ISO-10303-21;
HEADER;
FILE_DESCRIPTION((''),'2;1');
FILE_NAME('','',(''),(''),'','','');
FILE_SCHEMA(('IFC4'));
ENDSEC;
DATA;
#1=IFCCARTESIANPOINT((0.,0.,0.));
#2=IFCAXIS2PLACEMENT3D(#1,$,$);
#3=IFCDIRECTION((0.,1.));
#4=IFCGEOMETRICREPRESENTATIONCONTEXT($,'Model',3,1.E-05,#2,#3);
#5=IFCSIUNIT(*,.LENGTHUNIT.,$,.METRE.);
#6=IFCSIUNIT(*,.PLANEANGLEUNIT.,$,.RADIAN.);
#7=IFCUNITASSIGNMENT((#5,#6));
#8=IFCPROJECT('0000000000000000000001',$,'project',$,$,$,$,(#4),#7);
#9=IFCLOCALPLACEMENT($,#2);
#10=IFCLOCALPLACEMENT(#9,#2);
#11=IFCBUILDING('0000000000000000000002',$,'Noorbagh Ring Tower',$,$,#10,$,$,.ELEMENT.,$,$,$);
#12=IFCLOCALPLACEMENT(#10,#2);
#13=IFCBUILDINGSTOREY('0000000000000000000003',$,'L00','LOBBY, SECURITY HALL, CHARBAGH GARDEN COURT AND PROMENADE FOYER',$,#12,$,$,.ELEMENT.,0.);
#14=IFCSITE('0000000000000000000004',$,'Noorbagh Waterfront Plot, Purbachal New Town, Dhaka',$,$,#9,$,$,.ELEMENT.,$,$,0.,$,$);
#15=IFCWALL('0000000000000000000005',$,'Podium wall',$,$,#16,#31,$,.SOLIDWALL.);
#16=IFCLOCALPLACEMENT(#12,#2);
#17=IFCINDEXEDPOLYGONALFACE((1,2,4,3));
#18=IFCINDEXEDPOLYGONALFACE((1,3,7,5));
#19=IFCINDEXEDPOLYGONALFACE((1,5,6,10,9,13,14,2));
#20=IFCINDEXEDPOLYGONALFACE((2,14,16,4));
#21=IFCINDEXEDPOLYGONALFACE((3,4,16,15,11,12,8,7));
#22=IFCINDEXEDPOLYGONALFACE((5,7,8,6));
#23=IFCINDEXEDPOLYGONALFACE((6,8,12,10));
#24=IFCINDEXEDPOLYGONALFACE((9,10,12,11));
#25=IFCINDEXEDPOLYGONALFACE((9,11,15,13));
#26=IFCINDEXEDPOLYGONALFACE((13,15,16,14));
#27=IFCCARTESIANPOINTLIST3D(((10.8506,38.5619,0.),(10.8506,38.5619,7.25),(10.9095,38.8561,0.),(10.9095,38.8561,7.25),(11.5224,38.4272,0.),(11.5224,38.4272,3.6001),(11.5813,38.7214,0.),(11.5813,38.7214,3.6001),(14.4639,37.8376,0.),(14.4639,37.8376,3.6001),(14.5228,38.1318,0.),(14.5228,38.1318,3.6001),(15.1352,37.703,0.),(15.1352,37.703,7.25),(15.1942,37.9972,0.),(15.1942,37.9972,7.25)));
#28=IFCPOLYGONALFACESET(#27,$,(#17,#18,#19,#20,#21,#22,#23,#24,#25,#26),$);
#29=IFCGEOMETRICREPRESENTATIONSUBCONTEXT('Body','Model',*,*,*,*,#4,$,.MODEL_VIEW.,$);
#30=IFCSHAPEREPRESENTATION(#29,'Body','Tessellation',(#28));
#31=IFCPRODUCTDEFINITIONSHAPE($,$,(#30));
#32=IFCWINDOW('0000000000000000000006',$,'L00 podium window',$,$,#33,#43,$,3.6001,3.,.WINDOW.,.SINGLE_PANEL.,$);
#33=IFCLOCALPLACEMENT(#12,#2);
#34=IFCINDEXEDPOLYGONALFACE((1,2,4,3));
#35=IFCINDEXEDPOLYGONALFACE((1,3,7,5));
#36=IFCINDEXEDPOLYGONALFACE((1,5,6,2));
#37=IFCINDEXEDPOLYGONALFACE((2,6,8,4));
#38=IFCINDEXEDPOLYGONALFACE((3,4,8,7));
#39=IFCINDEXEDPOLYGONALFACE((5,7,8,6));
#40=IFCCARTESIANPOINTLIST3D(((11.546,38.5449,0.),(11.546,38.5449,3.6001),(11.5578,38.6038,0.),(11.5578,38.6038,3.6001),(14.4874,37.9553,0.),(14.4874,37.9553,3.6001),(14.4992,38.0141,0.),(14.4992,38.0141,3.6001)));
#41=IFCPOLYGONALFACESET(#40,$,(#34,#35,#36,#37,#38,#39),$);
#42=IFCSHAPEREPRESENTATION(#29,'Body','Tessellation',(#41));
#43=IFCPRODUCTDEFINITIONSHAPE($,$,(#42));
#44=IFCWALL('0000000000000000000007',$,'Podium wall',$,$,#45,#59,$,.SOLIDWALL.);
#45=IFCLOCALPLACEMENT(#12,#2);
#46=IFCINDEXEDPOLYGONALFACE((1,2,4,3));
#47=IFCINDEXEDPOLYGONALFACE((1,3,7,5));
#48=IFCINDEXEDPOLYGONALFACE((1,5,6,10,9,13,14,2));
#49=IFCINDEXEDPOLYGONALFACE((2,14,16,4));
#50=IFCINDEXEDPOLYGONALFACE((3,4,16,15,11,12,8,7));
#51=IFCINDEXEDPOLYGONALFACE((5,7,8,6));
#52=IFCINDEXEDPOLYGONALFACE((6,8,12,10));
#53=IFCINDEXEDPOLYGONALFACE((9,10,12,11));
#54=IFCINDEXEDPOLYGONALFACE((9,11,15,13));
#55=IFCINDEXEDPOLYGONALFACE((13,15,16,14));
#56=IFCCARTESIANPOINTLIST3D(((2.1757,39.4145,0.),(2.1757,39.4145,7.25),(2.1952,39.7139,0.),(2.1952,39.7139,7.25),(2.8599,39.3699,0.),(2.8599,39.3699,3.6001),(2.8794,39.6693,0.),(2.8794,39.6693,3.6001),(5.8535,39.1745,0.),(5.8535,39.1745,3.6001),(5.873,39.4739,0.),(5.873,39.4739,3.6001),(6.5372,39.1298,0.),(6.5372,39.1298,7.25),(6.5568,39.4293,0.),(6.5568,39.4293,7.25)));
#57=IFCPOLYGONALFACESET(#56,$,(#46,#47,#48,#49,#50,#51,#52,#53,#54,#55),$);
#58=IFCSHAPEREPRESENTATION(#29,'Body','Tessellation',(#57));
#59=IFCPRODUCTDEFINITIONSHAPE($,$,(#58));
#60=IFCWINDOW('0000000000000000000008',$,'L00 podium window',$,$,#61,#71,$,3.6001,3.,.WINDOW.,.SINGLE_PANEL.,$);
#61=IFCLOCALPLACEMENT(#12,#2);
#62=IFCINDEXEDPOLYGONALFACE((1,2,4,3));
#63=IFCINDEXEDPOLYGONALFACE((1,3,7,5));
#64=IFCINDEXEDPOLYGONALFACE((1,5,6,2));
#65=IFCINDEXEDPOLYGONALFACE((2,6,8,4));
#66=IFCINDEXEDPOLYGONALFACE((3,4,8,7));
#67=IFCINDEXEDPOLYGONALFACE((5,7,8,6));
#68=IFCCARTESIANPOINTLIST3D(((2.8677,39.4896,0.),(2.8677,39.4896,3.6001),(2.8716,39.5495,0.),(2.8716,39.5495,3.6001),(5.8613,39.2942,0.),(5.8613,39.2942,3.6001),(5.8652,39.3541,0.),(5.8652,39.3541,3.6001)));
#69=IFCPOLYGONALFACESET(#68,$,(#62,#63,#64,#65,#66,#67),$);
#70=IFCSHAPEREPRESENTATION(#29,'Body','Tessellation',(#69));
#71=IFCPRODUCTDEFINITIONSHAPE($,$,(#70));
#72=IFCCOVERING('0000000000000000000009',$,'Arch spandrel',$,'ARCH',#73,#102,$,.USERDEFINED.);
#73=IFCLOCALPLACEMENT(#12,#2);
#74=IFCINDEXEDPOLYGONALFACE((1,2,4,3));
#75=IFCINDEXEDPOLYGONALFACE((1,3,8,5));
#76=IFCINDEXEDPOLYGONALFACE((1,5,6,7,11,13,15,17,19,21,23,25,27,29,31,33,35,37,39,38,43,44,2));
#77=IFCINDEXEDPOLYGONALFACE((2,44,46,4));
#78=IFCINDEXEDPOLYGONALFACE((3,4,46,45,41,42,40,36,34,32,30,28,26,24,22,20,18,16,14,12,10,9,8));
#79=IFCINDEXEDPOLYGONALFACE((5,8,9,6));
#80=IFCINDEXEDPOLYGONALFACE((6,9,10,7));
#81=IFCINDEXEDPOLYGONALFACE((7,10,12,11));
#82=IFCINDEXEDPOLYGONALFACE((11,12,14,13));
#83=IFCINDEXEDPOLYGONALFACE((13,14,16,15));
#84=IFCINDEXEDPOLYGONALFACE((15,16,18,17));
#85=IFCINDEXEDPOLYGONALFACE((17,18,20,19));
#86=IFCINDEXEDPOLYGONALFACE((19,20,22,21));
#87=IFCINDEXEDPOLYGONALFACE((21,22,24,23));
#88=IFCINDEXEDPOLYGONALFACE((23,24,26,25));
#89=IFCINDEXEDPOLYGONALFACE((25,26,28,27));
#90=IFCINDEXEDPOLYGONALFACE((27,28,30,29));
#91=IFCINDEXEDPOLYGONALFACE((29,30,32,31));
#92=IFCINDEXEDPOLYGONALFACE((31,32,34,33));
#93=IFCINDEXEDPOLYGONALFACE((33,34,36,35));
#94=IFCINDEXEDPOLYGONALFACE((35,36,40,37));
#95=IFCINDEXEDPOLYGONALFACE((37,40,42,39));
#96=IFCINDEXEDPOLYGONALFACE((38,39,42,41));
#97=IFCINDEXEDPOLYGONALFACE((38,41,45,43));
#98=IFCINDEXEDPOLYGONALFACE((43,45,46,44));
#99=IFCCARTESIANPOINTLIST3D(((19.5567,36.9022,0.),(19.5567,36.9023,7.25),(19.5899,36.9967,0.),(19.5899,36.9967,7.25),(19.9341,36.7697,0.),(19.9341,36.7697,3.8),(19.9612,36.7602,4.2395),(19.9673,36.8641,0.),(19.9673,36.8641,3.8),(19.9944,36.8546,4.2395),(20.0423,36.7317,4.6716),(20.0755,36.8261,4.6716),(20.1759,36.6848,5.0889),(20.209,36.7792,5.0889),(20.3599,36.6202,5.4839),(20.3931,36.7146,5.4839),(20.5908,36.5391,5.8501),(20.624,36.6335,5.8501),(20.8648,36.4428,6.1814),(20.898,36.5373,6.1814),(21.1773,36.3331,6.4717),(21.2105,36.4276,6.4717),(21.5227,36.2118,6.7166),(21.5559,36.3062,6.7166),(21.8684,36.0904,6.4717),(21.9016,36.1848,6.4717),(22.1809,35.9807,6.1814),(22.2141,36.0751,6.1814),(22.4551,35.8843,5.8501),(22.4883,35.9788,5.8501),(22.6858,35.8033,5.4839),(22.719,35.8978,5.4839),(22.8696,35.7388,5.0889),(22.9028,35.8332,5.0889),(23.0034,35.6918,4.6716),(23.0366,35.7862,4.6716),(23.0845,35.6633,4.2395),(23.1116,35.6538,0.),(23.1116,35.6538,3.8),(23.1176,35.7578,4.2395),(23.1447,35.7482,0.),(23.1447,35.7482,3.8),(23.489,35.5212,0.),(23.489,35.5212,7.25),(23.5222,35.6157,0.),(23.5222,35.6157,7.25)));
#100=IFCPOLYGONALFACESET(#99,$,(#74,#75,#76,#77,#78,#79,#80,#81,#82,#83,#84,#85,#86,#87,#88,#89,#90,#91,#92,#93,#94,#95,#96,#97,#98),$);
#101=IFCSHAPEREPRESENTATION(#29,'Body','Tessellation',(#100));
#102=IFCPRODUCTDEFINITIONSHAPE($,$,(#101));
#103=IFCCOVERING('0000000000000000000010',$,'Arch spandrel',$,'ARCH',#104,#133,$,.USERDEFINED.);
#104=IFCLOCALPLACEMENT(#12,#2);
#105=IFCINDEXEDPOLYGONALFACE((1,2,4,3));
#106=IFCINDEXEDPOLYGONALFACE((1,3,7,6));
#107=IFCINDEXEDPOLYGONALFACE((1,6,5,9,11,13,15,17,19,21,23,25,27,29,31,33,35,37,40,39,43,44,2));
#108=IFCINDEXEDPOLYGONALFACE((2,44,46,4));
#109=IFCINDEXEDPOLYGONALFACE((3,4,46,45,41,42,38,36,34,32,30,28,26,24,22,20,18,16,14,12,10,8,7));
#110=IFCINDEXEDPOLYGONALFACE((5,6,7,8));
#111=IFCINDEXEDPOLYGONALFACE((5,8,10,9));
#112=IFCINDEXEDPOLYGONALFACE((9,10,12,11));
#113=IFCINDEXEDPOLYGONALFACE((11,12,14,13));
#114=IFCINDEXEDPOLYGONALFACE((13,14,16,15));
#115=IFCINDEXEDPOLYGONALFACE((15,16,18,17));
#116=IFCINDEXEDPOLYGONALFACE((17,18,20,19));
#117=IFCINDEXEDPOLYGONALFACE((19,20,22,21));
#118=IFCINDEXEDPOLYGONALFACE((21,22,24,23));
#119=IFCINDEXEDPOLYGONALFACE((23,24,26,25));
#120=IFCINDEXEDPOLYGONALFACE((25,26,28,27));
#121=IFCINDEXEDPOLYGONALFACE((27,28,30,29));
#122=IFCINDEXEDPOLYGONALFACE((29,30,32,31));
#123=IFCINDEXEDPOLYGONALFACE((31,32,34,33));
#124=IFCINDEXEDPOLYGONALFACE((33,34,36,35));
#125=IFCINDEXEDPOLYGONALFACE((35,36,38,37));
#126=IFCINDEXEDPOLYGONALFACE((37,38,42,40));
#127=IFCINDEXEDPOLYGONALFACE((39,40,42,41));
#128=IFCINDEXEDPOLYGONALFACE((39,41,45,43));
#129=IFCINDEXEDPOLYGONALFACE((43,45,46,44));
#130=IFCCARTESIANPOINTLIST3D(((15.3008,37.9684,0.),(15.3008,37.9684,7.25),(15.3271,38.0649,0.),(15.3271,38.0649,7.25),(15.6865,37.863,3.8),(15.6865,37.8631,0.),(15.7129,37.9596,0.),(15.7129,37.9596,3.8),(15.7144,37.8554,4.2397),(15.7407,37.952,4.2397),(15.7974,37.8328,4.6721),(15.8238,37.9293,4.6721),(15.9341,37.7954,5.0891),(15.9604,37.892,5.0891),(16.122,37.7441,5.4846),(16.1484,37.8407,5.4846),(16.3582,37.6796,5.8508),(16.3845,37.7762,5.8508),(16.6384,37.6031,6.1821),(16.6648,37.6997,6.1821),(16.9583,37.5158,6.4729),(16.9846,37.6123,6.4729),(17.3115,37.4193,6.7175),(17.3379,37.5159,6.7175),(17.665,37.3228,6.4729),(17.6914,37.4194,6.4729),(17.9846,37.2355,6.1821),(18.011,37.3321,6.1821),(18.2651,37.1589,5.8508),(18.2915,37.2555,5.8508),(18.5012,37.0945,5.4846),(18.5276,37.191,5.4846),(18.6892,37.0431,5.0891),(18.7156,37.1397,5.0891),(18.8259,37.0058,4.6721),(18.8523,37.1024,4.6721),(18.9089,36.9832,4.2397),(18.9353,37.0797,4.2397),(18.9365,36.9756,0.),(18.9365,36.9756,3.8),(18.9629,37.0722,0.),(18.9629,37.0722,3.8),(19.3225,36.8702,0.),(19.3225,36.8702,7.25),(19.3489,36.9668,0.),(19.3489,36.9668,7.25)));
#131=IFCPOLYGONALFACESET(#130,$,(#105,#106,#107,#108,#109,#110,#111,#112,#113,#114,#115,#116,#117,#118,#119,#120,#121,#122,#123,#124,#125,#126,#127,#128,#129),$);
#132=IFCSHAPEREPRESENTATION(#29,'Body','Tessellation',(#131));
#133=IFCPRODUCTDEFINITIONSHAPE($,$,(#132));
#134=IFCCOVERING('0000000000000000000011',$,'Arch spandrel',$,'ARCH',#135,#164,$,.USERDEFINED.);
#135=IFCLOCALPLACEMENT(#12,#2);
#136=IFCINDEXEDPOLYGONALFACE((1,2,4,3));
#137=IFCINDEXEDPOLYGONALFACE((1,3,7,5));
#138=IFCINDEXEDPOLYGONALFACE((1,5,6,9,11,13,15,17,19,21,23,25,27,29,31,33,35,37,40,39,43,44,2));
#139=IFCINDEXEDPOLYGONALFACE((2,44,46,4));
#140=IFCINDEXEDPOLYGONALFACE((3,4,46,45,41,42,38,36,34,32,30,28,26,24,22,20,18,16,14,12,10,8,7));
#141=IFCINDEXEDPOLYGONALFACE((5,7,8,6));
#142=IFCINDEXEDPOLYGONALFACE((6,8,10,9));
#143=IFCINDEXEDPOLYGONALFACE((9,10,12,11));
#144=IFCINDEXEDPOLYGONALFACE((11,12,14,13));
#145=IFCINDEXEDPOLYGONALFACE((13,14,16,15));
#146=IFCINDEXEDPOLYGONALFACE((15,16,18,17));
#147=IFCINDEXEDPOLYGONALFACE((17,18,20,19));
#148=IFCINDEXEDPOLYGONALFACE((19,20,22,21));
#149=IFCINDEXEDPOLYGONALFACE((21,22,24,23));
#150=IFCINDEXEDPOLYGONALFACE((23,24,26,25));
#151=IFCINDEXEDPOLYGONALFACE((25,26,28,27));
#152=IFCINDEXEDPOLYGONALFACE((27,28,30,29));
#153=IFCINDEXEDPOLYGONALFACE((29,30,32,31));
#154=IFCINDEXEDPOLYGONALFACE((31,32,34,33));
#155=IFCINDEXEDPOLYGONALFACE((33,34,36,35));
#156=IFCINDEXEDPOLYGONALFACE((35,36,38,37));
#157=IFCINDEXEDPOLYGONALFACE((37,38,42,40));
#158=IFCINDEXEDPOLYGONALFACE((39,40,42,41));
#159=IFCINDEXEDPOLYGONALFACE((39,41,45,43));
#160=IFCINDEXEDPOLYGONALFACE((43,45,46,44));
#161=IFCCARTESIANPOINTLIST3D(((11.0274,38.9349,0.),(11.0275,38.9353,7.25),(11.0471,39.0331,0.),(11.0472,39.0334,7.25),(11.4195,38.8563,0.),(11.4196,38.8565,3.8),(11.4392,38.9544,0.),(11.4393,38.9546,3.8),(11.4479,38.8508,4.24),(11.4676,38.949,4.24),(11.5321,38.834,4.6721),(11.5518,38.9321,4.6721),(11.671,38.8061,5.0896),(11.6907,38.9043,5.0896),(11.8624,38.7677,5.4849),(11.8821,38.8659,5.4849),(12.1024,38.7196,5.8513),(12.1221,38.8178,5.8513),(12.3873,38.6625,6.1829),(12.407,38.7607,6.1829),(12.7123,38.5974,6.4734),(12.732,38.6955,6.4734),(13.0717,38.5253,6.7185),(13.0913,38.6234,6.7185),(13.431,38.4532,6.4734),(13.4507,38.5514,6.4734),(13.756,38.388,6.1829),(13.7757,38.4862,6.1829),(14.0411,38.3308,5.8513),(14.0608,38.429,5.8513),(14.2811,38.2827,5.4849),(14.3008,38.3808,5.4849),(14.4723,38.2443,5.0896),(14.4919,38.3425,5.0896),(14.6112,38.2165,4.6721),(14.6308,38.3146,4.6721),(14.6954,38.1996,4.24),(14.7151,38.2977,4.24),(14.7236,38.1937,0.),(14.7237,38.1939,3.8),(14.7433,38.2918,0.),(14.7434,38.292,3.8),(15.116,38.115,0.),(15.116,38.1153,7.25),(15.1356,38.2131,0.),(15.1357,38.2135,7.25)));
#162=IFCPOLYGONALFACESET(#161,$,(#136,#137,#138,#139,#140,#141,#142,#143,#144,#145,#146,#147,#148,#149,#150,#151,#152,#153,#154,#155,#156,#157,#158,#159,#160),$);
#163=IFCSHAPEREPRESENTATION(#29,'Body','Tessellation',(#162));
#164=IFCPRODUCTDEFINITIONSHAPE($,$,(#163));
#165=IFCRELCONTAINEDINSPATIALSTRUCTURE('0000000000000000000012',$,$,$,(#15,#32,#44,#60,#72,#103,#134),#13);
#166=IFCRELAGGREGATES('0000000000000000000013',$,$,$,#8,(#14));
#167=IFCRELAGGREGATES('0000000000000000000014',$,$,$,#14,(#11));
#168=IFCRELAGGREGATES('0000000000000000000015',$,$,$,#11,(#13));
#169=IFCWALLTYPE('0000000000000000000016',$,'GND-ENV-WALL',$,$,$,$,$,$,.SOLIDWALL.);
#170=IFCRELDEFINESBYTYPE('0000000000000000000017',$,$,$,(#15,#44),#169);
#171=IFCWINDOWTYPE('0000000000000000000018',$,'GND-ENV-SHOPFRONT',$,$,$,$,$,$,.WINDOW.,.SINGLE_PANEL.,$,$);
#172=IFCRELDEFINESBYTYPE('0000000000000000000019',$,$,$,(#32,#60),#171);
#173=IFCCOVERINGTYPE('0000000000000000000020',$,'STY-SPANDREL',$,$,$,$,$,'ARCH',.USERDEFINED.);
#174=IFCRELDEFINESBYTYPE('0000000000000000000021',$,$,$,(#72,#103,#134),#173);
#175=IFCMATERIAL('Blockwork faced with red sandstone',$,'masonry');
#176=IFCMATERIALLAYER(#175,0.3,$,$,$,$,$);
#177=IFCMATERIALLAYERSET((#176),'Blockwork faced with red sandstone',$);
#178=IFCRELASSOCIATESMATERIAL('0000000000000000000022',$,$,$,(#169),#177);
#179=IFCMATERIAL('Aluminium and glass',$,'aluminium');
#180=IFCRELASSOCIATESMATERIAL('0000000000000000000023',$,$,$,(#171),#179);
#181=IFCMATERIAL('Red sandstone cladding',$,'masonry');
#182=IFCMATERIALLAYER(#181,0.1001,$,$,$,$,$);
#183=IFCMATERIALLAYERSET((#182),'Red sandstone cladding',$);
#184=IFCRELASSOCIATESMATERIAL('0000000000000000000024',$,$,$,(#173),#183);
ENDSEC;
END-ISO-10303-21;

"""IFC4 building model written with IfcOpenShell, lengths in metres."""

from ifc_helpers import new_model, si_unit, direction, frame, frame_2d, origin, place, context, subcontext, project, spatial, polyline, rectangle, outline, extrude, material, layer, layer_set, type_object, element, fill, save


model = new_model("IFC4")

# Units and contexts
model_context = context("Model", 3, precision=1e-05, world=origin(), true_north=direction((0.0, 1.0)))
body_context = subcontext(model_context, "Body", "Model", "MODEL_VIEW")
ifc_project = project(units=[si_unit("LENGTHUNIT", "METRE"), si_unit("PLANEANGLEUNIT", "RADIAN")], contexts=[model_context])

# Site, building, storey
site_placement = place(None, origin())
site = spatial("IfcSite", under=ifc_project, at=site_placement, Name="Noorbagh Waterfront Plot, Purbachal New Town, Dhaka", CompositionType="ELEMENT", RefElevation=0.0)
building_placement = place(site_placement, origin())
building = spatial("IfcBuilding", under=site, at=building_placement, Name="Noorbagh Ring Tower", CompositionType="ELEMENT")
storey_placement = place(building_placement, origin())
storey = spatial("IfcBuildingStorey", under=building, at=storey_placement, Name="L00", Description="LOBBY, SECURITY HALL, CHARBAGH GARDEN COURT AND PROMENADE FOYER", CompositionType="ELEMENT", Elevation=0.0)

# Shared definitions
ifc_material_1 = material(Name="Blockwork faced with red sandstone", Category="masonry")
ifc_layer_1 = layer(ifc_material_1, 0.3)
ifc_layer_set_1 = layer_set([ifc_layer_1], Name="Blockwork faced with red sandstone")
wall_type = type_object("IfcWallType", Name="GND-ENV-WALL", PredefinedType="SOLIDWALL", material=ifc_layer_set_1)
ifc_material_2 = material(Name="Aluminium and glass", Category="aluminium")
window_type = type_object("IfcWindowType", Name="GND-ENV-SHOPFRONT", PartitioningType="SINGLE_PANEL", PredefinedType="WINDOW", material=ifc_material_2)

# Wall, opening, window
wall_1_placement = place(storey_placement, frame((15.1648, 37.8501, 0.0), z_axis=(0.0, 0.0, 1.0), x_axis=(-0.980495, 0.196546, 0.0)))
wall_1 = element("IfcWall", 1, at=wall_1_placement, inside=storey, type_object=wall_type, Name="Podium wall", PredefinedType="SOLIDWALL", context=body_context, shape_type="SweptSolid", body=[
    extrude(rectangle(XDim=4.3699, YDim=0.3, at=frame_2d((2.1851, 0.0))), origin(), (0.0, 0.0, 1.0), 7.25),
])
opening_1_placement = place(wall_1_placement, frame((0.6848, 0.0, 0.0)))
opening_1 = element("IfcOpeningElement", 2, at=opening_1_placement, cuts=wall_1, PredefinedType="OPENING", context=body_context, shape_type="SweptSolid", body=[
    extrude(rectangle(XDim=3.0, YDim=3.6001, at=frame_2d((1.5, 1.8))), frame((0.0, 0.1602, 0.0), z_axis=(0.0, -1.0, 0.0), x_axis=(1.0, 0.0, 0.0)), (0.0, 0.0, 1.0), 0.3201),
])
window_1_placement = place(opening_1_placement, origin())
window_1 = element("IfcWindow", 3, at=window_1_placement, inside=storey, type_object=window_type, Name="L00 podium window", OverallHeight=3.6001, OverallWidth=3.0, PartitioningType="SINGLE_PANEL", PredefinedType="WINDOW", context=body_context, shape_type="SweptSolid", body=[
    extrude(rectangle(XDim=3.0, YDim=3.6001, at=frame_2d((1.5, 1.8))), frame((0.0, 0.03, 0.0), z_axis=(0.0, -1.0, 0.0), x_axis=(1.0, 0.0, 0.0)), (0.0, 0.0, 1.0), 0.0601),
])
fill(opening_1, window_1)

# Wall, opening, window
wall_2_placement = place(storey_placement, frame((6.5471, 39.2795, 0.0), z_axis=(0.0, 0.0, 1.0), x_axis=(-0.997877, 0.065129, 0.0)))
wall_2 = element("IfcWall", 4, at=wall_2_placement, inside=storey, type_object=wall_type, Name="Podium wall", PredefinedType="SOLIDWALL", context=body_context, shape_type="SweptSolid", body=[
    extrude(rectangle(XDim=4.3708, YDim=0.3, at=frame_2d((2.1855, 0.0))), origin(), (0.0, 0.0, 1.0), 7.25),
])
opening_2_placement = place(wall_2_placement, frame((0.6853, 0.0, 0.0)))
opening_2 = element("IfcOpeningElement", 5, at=opening_2_placement, cuts=wall_2, PredefinedType="OPENING", context=body_context, shape_type="SweptSolid", body=[
    extrude(rectangle(XDim=3.0, YDim=3.6001, at=frame_2d((1.5, 1.8))), frame((0.0, 0.1602, 0.0), z_axis=(0.0, -1.0, 0.0), x_axis=(1.0, 0.0, 0.0)), (0.0, 0.0, 1.0), 0.3201),
])
window_2_placement = place(opening_2_placement, origin())
window_2 = element("IfcWindow", 6, at=window_2_placement, inside=storey, type_object=window_type, Name="L00 podium window", OverallHeight=3.6001, OverallWidth=3.0, PartitioningType="SINGLE_PANEL", PredefinedType="WINDOW", context=body_context, shape_type="SweptSolid", body=[
    extrude(rectangle(XDim=3.0, YDim=3.6001, at=frame_2d((1.5, 1.8))), frame((0.0, 0.03, 0.0), z_axis=(0.0, -1.0, 0.0), x_axis=(1.0, 0.0, 0.0)), (0.0, 0.0, 1.0), 0.0601),
])
fill(opening_2, window_2)

# Coverings
ifc_material_3 = material(Name="Red sandstone cladding", Category="masonry")
ifc_layer_2 = layer(ifc_material_3, 0.1001)
ifc_layer_set_2 = layer_set([ifc_layer_2], Name="Red sandstone cladding")
covering_type = type_object("IfcCoveringType", Name="STY-SPANDREL", ElementType="ARCH", PredefinedType="USERDEFINED", material=ifc_layer_set_2)
covering_1_placement = place(storey_placement, frame((23.489, 35.5212, 0.0), z_axis=(-0.331354, -0.943506, 0.000001), x_axis=(-0.943506, 0.331354, 0.0)))
element("IfcCovering", 7, at=covering_1_placement, inside=storey, type_object=covering_type, Name="Arch spandrel", ObjectType="ARCH", PredefinedType="USERDEFINED", context=body_context, shape_type="SweptSolid", body=[
    extrude(outline(polyline([(0.0, 0.0), (0.4, 0.0), (0.4, -3.8), (0.4288, -4.2395), (0.5147, -4.6716), (0.6565, -5.0889), (0.8513, -5.4839), (1.0958, -5.8501), (1.3865, -6.1814), (1.7176, -6.4717), (2.084, -6.7166), (2.4502, -6.4717), (2.7813, -6.1814), (3.0717, -5.8501), (3.3165, -5.4839), (3.5115, -5.0889), (3.6531, -4.6716), (3.739, -4.2395), (3.7677, -3.8), (3.7677, 0.0), (4.1678, 0.0), (4.1678, -7.25), (0.0, -7.25), (0.0, 0.0)])), origin(), (0.0, 0.0, -1.0), 0.1001),
])
covering_2_placement = place(storey_placement, frame((19.3489, 36.9668, 0.0), z_axis=(0.26341, 0.964684, 0.000003), x_axis=(-0.964684, 0.26341, 0.0)))
element("IfcCovering", 8, at=covering_2_placement, inside=storey, type_object=covering_type, Name="Arch spandrel", ObjectType="ARCH", PredefinedType="USERDEFINED", context=body_context, shape_type="SweptSolid", body=[
    extrude(outline(polyline([(0.0, 0.0), (0.4001, 0.0), (0.4001, 3.8), (0.4287, 4.2397), (0.5147, 4.6721), (0.6565, 5.0891), (0.8514, 5.4846), (1.0961, 5.8508), (1.3868, 6.1821), (1.7182, 6.4729), (2.0846, 6.7175), (2.4508, 6.4729), (2.7823, 6.1821), (3.0729, 5.8508), (3.3176, 5.4846), (3.5125, 5.0891), (3.6542, 4.6721), (3.7402, 4.2397), (3.7691, 3.8), (3.7691, 0.0), (4.169, 0.0), (4.169, 7.25), (0.0, 7.25), (0.0, 0.0)])), origin(), (0.0, 0.0, -1.0), 0.1001),
])
covering_3_placement = place(storey_placement, frame((15.116, 38.115, 0.0), z_axis=(-0.196631, -0.980478, 0.000049), x_axis=(-0.980478, 0.196631, 0.0)))
element("IfcCovering", 9, at=covering_3_placement, inside=storey, type_object=covering_type, Name="Arch spandrel", ObjectType="ARCH", PredefinedType="USERDEFINED", context=body_context, shape_type="SweptSolid", body=[
    extrude(outline(polyline([(0.0, 0.0), (0.4001, 0.0), (0.4001, -3.8), (0.429, -4.24), (0.5149, -4.6721), (0.6566, -5.0896), (0.8515, -5.4849), (1.0963, -5.8513), (1.3871, -6.1829), (1.7186, -6.4734), (2.0851, -6.7185), (2.4516, -6.4734), (2.783, -6.1829), (3.0736, -5.8513), (3.3184, -5.4849), (3.5136, -5.0896), (3.6552, -4.6721), (3.7411, -4.24), (3.77, -3.8), (3.77, 0.0), (4.17, 0.0), (4.17, -7.25), (0.0, -7.25), (0.0, 0.0)])), origin(), (0.0, 0.0, -1.0), 0.1001),
])

save(model, "model.ifc")
